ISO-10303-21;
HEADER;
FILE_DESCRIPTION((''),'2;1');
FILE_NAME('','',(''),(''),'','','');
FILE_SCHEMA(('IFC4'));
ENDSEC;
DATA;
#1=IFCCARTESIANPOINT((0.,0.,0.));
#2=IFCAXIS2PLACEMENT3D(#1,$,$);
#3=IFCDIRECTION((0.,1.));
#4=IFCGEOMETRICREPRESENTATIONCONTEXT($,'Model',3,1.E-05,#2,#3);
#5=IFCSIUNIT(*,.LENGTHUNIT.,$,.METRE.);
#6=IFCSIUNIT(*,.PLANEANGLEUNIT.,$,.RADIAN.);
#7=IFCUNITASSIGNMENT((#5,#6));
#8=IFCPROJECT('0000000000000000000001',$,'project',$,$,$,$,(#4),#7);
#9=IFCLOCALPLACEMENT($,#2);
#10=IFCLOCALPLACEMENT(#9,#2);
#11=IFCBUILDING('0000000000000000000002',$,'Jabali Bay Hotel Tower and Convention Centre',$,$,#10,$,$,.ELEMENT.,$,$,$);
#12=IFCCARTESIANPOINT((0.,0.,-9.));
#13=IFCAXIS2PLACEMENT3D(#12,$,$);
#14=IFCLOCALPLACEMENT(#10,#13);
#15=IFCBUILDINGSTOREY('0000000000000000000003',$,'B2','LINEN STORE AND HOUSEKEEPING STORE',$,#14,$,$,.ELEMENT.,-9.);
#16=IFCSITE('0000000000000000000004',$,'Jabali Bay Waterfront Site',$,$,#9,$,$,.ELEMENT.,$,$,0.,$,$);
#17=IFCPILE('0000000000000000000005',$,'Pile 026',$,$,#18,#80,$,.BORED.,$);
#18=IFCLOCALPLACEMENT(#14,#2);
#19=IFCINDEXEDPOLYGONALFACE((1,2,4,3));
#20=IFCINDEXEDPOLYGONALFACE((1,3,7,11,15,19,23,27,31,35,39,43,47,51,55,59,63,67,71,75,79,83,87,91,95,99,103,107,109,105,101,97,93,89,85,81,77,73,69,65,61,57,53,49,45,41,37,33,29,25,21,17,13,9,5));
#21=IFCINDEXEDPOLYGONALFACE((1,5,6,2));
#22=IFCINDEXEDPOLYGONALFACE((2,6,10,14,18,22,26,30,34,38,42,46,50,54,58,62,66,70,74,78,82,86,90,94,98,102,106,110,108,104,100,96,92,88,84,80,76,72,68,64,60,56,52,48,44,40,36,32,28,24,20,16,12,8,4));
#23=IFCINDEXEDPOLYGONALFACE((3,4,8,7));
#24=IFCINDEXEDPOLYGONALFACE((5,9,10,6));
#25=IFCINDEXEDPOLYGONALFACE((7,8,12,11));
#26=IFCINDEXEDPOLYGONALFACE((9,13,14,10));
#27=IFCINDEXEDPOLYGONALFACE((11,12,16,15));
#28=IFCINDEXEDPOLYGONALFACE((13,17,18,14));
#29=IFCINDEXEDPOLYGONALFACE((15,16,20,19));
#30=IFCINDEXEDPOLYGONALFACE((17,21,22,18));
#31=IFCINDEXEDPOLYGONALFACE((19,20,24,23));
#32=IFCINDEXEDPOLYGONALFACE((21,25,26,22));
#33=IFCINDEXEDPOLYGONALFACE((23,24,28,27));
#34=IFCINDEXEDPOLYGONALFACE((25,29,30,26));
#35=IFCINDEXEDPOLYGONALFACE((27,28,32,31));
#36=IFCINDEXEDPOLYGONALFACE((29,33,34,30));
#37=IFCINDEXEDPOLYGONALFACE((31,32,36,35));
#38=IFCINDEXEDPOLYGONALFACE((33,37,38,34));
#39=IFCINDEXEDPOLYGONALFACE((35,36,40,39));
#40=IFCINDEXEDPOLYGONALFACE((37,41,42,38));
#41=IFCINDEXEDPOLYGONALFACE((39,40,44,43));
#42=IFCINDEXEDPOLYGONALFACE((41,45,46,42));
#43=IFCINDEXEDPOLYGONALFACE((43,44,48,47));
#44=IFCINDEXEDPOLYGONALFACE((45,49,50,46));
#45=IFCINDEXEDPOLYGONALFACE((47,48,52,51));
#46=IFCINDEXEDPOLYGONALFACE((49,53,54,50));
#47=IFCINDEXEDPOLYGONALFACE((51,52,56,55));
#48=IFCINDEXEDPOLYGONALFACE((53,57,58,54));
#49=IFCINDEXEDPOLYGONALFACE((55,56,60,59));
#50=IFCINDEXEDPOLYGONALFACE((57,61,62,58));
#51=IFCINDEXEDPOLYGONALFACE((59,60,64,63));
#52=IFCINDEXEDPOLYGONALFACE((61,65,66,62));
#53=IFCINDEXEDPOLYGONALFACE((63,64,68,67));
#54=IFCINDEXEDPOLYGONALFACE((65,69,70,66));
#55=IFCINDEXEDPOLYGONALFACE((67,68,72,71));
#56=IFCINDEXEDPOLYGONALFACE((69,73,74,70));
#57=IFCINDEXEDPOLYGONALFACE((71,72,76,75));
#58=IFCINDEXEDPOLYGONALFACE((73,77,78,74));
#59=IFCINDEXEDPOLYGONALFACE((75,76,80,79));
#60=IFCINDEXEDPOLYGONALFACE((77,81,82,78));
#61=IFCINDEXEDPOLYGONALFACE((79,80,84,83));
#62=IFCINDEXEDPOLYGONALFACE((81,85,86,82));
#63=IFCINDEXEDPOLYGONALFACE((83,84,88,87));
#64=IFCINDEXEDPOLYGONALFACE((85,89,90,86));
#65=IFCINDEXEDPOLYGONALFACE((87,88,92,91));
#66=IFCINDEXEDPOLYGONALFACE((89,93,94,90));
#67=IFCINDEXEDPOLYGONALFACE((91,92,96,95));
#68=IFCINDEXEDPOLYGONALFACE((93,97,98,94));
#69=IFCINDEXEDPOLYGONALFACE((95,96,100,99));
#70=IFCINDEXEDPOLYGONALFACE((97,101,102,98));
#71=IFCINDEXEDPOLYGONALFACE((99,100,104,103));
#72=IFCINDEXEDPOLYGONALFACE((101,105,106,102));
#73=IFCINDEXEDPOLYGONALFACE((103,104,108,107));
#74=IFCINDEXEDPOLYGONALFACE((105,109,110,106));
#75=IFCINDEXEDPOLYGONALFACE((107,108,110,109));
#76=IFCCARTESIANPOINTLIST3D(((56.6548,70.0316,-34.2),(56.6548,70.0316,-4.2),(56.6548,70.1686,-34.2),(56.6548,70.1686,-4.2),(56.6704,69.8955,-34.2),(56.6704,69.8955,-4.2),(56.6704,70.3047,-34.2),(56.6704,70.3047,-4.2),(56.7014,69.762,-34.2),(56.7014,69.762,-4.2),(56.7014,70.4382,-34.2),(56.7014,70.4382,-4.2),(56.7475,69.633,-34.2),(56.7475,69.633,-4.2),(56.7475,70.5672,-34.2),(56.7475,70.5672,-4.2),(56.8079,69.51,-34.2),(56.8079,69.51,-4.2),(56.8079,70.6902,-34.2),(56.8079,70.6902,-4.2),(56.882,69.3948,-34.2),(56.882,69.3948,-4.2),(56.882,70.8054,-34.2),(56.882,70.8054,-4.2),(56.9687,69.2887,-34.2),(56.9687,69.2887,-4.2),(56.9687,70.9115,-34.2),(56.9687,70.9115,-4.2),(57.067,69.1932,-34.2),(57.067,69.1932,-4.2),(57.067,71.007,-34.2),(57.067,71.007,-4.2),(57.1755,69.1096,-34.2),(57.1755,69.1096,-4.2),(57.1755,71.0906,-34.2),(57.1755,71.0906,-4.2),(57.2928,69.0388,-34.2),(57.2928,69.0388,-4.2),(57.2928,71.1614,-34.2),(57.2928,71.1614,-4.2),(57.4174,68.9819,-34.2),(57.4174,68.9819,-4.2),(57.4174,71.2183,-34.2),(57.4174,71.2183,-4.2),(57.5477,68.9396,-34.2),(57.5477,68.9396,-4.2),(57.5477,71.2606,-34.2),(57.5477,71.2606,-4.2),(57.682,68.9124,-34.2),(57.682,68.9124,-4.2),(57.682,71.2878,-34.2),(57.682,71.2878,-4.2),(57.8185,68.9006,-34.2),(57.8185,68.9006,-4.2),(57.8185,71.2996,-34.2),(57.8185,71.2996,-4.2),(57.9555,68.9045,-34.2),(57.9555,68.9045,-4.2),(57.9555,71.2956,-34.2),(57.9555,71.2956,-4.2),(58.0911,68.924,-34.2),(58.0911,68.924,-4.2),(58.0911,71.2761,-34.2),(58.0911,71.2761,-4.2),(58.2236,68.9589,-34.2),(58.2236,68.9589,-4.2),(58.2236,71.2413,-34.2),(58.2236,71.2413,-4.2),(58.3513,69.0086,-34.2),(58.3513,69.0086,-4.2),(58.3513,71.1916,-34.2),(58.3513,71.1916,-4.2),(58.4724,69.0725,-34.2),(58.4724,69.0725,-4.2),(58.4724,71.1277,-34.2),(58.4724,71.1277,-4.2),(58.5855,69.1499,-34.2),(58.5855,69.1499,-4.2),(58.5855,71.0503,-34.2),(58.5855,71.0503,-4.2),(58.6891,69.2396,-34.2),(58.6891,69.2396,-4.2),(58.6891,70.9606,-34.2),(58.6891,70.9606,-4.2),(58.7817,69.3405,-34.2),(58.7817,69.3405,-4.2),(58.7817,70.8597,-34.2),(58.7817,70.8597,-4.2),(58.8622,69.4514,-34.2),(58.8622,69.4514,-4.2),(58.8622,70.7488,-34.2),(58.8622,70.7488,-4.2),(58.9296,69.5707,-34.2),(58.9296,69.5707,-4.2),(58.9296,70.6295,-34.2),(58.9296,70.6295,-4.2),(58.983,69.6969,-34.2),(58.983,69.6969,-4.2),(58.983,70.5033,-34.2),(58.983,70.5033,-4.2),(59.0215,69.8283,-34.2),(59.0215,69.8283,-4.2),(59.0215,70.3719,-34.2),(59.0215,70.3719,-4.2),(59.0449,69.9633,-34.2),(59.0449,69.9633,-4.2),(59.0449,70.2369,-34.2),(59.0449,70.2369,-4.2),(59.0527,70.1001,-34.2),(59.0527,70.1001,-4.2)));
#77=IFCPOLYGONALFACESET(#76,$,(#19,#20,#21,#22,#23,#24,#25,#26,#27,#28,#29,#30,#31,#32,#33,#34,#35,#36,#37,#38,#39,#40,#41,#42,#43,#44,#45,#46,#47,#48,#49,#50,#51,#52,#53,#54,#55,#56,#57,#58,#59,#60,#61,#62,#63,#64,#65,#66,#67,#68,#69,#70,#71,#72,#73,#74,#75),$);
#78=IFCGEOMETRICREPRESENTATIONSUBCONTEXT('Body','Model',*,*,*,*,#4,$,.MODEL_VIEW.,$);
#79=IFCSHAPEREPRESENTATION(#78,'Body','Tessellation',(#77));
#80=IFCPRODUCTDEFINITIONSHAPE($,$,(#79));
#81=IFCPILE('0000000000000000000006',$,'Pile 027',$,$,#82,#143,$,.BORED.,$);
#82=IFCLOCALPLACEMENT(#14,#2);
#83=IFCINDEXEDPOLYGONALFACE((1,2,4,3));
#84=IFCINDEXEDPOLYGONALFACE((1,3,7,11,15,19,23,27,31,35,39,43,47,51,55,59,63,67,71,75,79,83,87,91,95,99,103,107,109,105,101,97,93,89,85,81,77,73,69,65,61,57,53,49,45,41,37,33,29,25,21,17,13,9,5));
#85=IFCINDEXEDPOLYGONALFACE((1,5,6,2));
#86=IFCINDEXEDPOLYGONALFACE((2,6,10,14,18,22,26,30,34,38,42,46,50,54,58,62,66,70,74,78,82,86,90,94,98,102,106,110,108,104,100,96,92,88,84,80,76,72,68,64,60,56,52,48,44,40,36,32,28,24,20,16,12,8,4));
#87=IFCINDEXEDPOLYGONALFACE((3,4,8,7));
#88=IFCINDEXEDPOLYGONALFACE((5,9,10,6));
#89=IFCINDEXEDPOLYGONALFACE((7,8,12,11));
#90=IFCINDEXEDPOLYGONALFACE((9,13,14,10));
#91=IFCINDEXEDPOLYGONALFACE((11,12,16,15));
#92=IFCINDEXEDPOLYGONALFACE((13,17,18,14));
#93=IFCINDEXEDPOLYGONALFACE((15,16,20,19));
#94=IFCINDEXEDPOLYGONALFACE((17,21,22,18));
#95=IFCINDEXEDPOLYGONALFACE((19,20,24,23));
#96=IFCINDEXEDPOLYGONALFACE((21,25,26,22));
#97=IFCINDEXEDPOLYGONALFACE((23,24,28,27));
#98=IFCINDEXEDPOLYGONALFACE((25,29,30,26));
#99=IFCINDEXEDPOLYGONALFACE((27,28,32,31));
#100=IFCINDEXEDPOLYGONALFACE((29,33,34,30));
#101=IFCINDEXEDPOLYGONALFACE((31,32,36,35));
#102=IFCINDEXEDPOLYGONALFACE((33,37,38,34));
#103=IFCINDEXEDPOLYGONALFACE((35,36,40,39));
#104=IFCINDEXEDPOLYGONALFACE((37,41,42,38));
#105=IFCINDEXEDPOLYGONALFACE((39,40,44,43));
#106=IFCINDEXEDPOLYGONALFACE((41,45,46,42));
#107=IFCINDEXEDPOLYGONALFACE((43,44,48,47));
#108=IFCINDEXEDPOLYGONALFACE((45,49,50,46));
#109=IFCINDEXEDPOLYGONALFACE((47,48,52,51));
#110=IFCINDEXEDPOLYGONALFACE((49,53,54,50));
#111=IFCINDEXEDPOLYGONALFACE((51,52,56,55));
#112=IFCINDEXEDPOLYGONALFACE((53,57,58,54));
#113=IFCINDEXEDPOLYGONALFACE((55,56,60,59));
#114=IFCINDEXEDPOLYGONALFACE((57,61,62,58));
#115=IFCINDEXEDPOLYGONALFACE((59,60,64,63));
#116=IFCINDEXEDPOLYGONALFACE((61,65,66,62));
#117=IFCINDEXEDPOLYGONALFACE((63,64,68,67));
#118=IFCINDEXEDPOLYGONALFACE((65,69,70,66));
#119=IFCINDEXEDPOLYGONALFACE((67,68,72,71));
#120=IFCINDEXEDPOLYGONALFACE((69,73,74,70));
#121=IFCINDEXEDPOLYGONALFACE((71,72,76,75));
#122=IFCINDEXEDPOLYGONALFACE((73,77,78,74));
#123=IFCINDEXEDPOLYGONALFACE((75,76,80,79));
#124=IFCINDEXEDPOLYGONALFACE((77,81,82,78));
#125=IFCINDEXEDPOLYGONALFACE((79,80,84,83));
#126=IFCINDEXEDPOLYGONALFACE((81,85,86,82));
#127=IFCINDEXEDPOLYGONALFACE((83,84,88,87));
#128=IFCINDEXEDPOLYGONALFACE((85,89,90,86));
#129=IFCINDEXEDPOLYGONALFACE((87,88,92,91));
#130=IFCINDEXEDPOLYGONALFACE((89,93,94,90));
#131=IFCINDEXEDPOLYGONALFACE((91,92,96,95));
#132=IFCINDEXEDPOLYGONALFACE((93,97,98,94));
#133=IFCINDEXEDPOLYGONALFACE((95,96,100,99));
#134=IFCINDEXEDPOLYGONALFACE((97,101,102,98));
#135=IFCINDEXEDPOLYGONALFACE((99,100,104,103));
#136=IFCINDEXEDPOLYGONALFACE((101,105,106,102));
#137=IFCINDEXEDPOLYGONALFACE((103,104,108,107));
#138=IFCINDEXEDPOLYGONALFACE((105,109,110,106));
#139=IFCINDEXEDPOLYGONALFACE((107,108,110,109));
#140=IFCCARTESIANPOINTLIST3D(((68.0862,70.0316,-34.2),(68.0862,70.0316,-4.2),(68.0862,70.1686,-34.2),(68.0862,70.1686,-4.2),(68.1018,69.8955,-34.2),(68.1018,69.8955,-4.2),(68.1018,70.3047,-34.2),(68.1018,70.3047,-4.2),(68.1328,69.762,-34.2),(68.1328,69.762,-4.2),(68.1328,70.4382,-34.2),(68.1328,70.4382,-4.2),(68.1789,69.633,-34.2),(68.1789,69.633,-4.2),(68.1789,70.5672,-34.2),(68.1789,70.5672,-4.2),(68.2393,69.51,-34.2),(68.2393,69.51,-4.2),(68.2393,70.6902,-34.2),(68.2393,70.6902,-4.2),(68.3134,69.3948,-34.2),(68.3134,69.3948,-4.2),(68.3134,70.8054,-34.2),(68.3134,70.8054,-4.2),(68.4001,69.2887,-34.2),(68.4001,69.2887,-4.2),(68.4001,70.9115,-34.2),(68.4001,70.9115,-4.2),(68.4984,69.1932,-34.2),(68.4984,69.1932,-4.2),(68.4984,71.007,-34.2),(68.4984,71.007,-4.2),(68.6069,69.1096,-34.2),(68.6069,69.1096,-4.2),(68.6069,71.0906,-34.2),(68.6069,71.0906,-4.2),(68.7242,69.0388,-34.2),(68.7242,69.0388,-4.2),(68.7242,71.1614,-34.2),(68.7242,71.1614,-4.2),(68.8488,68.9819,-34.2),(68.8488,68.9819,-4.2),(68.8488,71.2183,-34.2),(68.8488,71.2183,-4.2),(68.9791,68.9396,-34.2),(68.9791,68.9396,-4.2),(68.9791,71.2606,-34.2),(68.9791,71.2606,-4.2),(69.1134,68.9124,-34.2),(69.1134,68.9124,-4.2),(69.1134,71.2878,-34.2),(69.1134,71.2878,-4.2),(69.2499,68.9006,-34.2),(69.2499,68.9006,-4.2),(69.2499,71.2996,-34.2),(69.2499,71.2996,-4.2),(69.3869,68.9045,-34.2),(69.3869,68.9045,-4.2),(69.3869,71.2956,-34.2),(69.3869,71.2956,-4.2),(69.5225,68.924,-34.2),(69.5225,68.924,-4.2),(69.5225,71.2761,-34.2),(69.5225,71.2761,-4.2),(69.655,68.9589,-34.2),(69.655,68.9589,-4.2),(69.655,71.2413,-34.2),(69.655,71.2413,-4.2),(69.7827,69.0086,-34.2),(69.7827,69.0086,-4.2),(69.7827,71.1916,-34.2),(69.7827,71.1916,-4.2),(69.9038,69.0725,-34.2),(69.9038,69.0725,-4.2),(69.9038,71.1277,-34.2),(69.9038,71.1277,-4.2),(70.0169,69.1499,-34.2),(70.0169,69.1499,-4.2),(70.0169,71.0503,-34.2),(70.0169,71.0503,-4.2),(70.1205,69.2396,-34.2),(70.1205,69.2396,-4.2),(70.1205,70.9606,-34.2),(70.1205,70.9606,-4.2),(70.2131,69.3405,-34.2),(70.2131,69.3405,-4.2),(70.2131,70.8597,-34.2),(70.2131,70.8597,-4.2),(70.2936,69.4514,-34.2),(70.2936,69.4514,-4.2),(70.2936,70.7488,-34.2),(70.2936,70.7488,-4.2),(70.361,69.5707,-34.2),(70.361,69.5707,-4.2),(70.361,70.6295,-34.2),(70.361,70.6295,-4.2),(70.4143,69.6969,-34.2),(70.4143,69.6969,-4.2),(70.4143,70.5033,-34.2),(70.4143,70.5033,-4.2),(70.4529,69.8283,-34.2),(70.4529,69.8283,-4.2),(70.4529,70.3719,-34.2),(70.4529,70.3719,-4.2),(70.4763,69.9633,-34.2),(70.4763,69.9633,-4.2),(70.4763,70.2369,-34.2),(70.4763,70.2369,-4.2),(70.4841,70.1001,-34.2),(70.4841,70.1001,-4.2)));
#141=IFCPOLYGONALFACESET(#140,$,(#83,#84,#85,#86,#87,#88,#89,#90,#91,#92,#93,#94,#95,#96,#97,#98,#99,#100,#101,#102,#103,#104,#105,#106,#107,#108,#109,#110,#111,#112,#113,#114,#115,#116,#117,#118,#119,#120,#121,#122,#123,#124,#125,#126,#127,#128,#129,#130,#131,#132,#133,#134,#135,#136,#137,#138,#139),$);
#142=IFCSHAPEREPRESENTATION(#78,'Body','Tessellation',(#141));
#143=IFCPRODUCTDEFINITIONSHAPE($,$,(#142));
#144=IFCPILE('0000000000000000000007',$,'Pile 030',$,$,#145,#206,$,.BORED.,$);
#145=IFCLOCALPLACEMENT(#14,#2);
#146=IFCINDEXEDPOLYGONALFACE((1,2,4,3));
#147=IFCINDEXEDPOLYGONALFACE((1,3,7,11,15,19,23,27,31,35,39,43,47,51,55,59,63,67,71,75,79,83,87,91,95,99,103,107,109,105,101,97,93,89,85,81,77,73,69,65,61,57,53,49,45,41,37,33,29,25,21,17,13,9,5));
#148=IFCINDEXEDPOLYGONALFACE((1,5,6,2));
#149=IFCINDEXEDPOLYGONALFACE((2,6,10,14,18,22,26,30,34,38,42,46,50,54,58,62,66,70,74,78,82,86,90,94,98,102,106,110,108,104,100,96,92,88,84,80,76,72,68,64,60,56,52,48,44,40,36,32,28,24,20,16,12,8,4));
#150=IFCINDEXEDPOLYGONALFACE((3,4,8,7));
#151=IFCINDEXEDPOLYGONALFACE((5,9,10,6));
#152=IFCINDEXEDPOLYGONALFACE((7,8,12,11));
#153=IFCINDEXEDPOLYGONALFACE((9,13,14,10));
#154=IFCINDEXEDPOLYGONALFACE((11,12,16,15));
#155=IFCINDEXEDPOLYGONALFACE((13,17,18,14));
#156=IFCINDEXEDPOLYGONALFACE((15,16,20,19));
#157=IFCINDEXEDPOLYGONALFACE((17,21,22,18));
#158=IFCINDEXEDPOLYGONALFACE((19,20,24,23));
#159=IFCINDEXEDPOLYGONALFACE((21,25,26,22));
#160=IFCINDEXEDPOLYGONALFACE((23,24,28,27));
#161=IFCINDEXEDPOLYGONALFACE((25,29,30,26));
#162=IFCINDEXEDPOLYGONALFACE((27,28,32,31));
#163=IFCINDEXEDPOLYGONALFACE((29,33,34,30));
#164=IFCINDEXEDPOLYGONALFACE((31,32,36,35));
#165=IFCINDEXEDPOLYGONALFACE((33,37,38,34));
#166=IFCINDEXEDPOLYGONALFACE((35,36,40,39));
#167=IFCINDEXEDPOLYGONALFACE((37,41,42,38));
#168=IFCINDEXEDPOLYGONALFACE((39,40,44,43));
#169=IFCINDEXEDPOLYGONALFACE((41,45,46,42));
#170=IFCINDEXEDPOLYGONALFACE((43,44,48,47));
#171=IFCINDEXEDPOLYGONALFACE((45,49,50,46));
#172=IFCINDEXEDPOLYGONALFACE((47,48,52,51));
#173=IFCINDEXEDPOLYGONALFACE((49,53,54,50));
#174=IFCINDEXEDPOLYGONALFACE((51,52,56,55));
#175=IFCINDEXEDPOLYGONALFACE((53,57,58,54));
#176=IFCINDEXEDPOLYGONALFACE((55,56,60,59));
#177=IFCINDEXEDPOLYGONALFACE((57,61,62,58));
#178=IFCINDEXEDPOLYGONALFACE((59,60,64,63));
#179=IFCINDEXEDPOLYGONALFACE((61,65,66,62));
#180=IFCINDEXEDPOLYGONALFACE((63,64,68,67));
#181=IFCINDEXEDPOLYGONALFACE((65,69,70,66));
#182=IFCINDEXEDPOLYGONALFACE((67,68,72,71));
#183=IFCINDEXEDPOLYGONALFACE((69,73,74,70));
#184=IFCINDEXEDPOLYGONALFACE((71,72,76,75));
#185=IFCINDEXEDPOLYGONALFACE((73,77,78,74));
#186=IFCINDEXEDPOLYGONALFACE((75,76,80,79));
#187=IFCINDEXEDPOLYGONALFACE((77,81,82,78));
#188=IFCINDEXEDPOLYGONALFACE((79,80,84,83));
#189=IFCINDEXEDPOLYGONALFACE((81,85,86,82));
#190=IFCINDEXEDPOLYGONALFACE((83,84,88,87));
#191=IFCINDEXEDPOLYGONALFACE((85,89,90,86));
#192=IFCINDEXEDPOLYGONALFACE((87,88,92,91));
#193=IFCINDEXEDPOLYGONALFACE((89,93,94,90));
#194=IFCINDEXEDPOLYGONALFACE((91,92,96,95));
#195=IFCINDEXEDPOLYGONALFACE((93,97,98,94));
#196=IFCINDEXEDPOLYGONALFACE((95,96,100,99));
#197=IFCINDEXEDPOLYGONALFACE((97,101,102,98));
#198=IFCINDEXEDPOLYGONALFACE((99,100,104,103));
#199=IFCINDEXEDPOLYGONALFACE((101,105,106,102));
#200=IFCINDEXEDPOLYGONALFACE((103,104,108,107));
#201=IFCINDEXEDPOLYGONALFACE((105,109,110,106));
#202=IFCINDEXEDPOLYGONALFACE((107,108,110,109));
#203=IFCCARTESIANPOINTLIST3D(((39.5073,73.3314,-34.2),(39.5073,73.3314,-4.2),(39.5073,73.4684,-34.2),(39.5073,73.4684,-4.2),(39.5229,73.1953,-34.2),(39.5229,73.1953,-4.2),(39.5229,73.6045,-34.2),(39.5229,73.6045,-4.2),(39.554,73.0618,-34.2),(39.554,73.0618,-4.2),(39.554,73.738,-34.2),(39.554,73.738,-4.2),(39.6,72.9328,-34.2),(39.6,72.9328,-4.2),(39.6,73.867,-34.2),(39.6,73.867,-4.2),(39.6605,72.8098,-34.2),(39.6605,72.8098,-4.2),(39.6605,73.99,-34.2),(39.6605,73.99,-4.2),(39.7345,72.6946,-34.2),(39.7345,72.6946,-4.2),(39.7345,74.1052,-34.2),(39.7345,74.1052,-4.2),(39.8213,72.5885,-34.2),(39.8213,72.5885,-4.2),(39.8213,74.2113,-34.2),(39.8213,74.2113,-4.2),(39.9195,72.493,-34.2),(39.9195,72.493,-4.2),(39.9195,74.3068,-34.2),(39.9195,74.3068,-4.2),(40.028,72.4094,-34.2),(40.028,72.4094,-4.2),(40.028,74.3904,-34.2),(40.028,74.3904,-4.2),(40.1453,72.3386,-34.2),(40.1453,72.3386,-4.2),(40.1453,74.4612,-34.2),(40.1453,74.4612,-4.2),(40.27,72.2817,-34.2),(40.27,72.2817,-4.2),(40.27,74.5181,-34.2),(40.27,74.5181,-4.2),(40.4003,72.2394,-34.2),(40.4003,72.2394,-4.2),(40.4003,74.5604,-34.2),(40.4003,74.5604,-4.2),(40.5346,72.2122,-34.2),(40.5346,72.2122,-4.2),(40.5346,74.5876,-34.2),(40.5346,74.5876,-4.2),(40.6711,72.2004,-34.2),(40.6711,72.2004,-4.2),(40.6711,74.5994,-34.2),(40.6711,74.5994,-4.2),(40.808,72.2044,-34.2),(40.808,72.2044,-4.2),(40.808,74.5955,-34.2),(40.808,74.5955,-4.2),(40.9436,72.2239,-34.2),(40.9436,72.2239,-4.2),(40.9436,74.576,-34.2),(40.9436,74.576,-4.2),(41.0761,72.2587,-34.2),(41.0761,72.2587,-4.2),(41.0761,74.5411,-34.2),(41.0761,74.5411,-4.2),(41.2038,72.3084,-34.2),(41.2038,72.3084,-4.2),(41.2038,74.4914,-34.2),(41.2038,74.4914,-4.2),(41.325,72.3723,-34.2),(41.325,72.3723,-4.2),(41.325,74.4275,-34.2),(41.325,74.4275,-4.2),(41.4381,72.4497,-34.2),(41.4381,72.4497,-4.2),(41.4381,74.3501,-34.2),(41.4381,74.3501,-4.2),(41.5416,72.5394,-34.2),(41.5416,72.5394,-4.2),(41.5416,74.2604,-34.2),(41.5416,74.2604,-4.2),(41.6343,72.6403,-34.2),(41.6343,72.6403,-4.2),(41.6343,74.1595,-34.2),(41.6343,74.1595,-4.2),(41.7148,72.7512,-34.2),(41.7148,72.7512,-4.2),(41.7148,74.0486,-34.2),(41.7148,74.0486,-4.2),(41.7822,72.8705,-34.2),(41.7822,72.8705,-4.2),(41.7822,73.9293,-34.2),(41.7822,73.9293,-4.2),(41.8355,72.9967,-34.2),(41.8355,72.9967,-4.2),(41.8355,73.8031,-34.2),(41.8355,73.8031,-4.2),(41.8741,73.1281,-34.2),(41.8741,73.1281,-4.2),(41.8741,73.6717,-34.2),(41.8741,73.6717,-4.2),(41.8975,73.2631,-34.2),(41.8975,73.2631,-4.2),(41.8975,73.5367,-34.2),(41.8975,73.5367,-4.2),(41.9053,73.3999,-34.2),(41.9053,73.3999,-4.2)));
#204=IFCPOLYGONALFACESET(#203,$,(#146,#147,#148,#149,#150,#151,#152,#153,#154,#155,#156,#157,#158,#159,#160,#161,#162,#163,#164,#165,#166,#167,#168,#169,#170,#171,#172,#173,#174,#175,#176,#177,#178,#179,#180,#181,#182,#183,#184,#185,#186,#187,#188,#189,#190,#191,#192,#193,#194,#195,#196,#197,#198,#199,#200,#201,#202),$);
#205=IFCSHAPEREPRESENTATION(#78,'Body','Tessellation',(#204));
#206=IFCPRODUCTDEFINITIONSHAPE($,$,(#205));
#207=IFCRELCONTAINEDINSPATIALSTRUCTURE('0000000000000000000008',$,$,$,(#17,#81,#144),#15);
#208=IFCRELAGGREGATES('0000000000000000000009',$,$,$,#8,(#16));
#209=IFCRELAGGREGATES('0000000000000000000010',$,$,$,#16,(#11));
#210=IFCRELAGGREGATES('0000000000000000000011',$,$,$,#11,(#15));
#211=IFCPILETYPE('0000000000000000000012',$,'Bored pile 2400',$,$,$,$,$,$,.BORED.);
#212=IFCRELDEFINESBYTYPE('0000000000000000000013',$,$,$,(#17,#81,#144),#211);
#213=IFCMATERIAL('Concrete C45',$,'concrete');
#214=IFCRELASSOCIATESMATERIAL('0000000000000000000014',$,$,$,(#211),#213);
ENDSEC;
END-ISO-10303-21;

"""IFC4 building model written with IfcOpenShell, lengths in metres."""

from ifc_helpers import new_model, si_unit, direction, frame, origin, origin_2d, place, context, subcontext, project, spatial, circle, extrude, material, material_profile, profile_set, type_object, element, save


model = new_model("IFC4")

# Units and contexts
model_context = context("Model", 3, precision=1e-05, world=origin(), true_north=direction((0.0, 1.0)))
body_context = subcontext(model_context, "Body", "Model", "MODEL_VIEW")
ifc_project = project(units=[si_unit("LENGTHUNIT", "METRE"), si_unit("PLANEANGLEUNIT", "RADIAN")], contexts=[model_context])

# Site, building, storey
site_placement = place(None, origin())
site = spatial("IfcSite", under=ifc_project, at=site_placement, Name="Jabali Bay Waterfront Site", CompositionType="ELEMENT", RefElevation=0.0)
building_placement = place(site_placement, origin())
building = spatial("IfcBuilding", under=site, at=building_placement, Name="Jabali Bay Hotel Tower and Convention Centre", CompositionType="ELEMENT")
storey_placement = place(building_placement, frame((0.0, 0.0, -9.0)))
storey = spatial("IfcBuildingStorey", under=building, at=storey_placement, Name="B2", Description="LINEN STORE AND HOUSEKEEPING STORE", CompositionType="ELEMENT", Elevation=-9.0)

# Piles
ifc_material_1 = material(Name="Concrete C45", Category="concrete")
ifc_material_profile_1 = material_profile(ifc_material_1, circle(Radius=1.2, at=origin_2d()), Name="Bored pile 2400")
ifc_profile_set_1 = profile_set([ifc_material_profile_1], Name="Concrete C45")
pile_type = type_object("IfcPileType", Name="Bored pile 2400", PredefinedType="BORED", material=ifc_profile_set_1)
for number, where, z_axis, x_axis, name in (
    (1, (57.8528, 70.1001, -4.2), (0.0, 0.0, -1.0), (1.0, 0.0, 0.0), "Pile 026"),
    (2, (69.2842, 70.1001, -4.2), (0.0, 0.0, -1.0), (1.0, 0.0, 0.0), "Pile 027"),
    (3, (40.7053, 73.3999, -4.2), (0.0, 0.0, -1.0), (1.0, 0.0, 0.0), "Pile 030"),
):
    element("IfcPile", number, at=place(storey_placement, frame(where, z_axis=z_axis, x_axis=x_axis)), inside=storey, type_object=pile_type, Name=name, PredefinedType="BORED", context=body_context, shape_type="SweptSolid", body=[
        extrude(circle(Radius=1.2, at=origin_2d()), origin(), (0.0, 0.0, 1.0), 30.0),
    ])

save(model, "model.ifc")
